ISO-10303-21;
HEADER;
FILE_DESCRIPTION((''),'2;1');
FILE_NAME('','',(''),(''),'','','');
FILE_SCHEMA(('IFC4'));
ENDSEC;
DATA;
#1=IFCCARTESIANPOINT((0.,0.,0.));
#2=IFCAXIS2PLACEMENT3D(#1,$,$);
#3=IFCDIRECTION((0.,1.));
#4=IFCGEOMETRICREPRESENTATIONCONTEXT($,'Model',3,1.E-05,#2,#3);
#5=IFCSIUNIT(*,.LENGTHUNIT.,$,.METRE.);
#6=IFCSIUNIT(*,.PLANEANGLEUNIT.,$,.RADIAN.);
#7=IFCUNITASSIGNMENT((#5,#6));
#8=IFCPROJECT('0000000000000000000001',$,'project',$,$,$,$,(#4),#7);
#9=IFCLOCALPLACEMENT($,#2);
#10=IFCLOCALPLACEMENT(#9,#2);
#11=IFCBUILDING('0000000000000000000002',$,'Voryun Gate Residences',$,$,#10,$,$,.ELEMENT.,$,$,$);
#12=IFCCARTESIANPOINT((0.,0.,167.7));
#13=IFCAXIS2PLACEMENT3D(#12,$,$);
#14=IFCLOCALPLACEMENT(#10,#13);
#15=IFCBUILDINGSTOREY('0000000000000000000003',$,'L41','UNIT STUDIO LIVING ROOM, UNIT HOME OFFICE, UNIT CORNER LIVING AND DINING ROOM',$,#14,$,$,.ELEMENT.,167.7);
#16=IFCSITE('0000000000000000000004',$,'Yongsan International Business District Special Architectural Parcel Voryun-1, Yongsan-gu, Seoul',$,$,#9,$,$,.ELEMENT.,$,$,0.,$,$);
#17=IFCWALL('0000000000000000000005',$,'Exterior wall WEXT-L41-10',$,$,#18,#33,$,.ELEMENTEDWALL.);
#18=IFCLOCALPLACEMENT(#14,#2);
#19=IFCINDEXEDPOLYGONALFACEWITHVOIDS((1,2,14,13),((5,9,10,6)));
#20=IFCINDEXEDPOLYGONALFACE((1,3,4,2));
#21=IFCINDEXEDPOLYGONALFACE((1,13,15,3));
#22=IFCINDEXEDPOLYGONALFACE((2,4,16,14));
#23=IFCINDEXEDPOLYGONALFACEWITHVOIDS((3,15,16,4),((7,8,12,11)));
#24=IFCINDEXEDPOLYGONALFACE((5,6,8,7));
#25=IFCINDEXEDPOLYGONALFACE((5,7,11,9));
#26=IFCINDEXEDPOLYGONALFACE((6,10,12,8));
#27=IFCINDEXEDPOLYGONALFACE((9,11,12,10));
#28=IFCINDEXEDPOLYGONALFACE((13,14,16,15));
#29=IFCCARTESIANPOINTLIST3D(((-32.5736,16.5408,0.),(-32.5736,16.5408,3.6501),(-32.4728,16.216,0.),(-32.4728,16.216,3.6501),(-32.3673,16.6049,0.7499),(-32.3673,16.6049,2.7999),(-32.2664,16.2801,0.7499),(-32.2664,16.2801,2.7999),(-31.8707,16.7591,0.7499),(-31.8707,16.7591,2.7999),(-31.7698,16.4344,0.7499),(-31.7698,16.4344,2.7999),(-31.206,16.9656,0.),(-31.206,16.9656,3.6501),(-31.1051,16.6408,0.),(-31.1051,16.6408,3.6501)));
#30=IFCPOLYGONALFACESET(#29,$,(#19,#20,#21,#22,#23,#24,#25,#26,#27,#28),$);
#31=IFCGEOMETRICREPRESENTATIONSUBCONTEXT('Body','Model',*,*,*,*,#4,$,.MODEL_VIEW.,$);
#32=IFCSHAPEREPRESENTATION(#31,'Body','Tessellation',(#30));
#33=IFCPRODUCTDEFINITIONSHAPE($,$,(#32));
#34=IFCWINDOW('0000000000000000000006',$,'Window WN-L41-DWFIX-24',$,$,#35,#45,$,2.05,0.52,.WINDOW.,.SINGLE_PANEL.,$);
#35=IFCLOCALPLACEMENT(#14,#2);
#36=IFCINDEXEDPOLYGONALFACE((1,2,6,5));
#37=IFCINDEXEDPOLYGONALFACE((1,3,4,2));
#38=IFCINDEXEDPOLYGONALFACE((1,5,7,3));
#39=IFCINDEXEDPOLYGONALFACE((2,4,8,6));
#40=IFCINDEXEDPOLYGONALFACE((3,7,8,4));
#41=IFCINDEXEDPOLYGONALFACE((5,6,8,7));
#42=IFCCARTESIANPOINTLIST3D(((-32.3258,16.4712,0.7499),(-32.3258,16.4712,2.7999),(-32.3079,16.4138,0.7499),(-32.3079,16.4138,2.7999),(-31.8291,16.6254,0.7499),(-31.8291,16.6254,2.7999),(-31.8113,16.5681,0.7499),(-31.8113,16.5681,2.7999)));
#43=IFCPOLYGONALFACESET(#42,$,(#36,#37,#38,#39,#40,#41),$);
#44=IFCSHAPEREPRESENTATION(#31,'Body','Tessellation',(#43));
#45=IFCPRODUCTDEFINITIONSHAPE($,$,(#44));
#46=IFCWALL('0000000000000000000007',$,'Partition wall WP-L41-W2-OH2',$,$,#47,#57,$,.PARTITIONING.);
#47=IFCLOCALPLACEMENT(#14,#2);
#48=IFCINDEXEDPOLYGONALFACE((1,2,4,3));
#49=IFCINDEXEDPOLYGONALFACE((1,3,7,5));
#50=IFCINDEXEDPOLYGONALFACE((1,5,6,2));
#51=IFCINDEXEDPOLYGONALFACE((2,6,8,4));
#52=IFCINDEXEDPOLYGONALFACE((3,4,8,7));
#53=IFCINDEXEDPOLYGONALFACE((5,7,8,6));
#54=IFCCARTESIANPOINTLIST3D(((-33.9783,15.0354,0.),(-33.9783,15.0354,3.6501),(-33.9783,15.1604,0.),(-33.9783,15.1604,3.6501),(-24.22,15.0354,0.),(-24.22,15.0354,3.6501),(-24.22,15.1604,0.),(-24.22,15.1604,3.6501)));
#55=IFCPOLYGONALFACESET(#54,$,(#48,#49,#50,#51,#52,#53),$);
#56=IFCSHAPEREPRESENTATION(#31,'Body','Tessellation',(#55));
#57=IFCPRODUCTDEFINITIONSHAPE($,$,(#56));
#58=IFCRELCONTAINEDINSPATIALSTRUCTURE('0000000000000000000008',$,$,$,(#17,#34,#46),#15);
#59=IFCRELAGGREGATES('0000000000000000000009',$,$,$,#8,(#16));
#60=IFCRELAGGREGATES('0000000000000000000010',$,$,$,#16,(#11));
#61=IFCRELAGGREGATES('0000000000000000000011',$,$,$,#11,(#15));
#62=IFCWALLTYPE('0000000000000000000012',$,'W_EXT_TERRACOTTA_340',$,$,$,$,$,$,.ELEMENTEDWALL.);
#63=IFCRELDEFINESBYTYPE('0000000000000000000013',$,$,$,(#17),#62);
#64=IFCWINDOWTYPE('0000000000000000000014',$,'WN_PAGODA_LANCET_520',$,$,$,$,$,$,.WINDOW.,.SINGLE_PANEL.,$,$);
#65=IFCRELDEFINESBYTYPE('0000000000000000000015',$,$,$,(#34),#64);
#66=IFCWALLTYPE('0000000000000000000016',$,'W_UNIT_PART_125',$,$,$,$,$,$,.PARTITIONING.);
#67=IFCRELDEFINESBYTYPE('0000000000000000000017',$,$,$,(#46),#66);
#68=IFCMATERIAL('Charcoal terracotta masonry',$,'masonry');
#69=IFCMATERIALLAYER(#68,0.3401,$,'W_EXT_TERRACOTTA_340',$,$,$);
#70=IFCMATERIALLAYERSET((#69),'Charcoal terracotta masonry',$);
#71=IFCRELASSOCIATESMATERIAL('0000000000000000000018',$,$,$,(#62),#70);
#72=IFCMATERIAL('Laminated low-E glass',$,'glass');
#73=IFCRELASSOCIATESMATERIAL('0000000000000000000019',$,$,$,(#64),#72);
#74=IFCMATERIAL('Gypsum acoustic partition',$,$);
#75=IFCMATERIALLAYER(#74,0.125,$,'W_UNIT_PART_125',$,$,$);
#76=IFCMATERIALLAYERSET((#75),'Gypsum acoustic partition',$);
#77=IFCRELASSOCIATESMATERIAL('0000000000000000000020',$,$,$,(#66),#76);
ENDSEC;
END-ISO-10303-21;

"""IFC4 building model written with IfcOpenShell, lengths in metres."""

from ifc_helpers import new_model, si_unit, direction, frame, frame_2d, origin, place, context, subcontext, project, spatial, rectangle, extrude, material, layer, layer_set, type_object, element, fill, save


model = new_model("IFC4")

# Units and contexts
model_context = context("Model", 3, precision=1e-05, world=origin(), true_north=direction((0.0, 1.0)))
body_context = subcontext(model_context, "Body", "Model", "MODEL_VIEW")
ifc_project = project(units=[si_unit("LENGTHUNIT", "METRE"), si_unit("PLANEANGLEUNIT", "RADIAN")], contexts=[model_context])

# Site, building, storey
site_placement = place(None, origin())
site = spatial("IfcSite", under=ifc_project, at=site_placement, Name="Yongsan International Business District Special Architectural Parcel Voryun-1, Yongsan-gu, Seoul", CompositionType="ELEMENT", RefElevation=0.0)
building_placement = place(site_placement, origin())
building = spatial("IfcBuilding", under=site, at=building_placement, Name="Voryun Gate Residences", CompositionType="ELEMENT")
storey_placement = place(building_placement, frame((0.0, 0.0, 167.7)))
storey = spatial("IfcBuildingStorey", under=building, at=storey_placement, Name="L41", Description="UNIT STUDIO LIVING ROOM, UNIT HOME OFFICE, UNIT CORNER LIVING AND DINING ROOM", CompositionType="ELEMENT", Elevation=167.7)

# Shared definitions
ifc_material_1 = material(Name="Charcoal terracotta masonry", Category="masonry")
ifc_layer_1 = layer(ifc_material_1, 0.3401, Name="W_EXT_TERRACOTTA_340")
ifc_layer_set_1 = layer_set([ifc_layer_1], Name="Charcoal terracotta masonry")
wall_type_1 = type_object("IfcWallType", Name="W_EXT_TERRACOTTA_340", PredefinedType="ELEMENTEDWALL", material=ifc_layer_set_1)

# Wall, opening, window
wall_1_placement = place(storey_placement, frame((-32.5232, 16.3784, 0.0), z_axis=(0.0, 0.0, 1.0), x_axis=(0.954994, 0.296624, 0.0)))
wall_1 = element("IfcWall", 1, at=wall_1_placement, inside=storey, type_object=wall_type_1, Name="Exterior wall WEXT-L41-10", PredefinedType="ELEMENTEDWALL", context=body_context, shape_type="SweptSolid", body=[
    extrude(rectangle(XDim=1.4321, YDim=0.3401, at=frame_2d((0.7161, 0.0))), origin(), (0.0, 0.0, 1.0), 3.6501),
])
opening_1_placement = place(wall_1_placement, frame((0.2161, 0.0, 0.75)))
opening_1 = element("IfcOpeningElement", 2, at=opening_1_placement, cuts=wall_1, PredefinedType="OPENING", context=body_context, shape_type="SweptSolid", body=[
    extrude(rectangle(XDim=0.52, YDim=2.05, at=frame_2d((0.26, 1.0249))), frame((0.0, 0.1799, 0.0), z_axis=(0.0, -1.0, 0.0), x_axis=(1.0, 0.0, 0.0)), (0.0, 0.0, 1.0), 0.3601),
])
ifc_material_2 = material(Name="Laminated low-E glass", Category="glass")
window_type_1 = type_object("IfcWindowType", Name="WN_PAGODA_LANCET_520", PartitioningType="SINGLE_PANEL", PredefinedType="WINDOW", material=ifc_material_2)
window_1_placement = place(opening_1_placement, origin())
window_1 = element("IfcWindow", 3, at=window_1_placement, inside=storey, type_object=window_type_1, Name="Window WN-L41-DWFIX-24", OverallHeight=2.05, OverallWidth=0.52, PartitioningType="SINGLE_PANEL", PredefinedType="WINDOW", context=body_context, shape_type="SweptSolid", body=[
    extrude(rectangle(XDim=0.52, YDim=2.05, at=frame_2d((0.26, 1.0249))), frame((0.0, 0.03, 0.0), z_axis=(0.0, -1.0, 0.0), x_axis=(1.0, 0.0, 0.0)), (0.0, 0.0, 1.0), 0.0601),
])
fill(opening_1, window_1)

# Wall
ifc_material_3 = material(Name="Gypsum acoustic partition")
ifc_layer_2 = layer(ifc_material_3, 0.125, Name="W_UNIT_PART_125")
ifc_layer_set_2 = layer_set([ifc_layer_2], Name="Gypsum acoustic partition")
wall_type_2 = type_object("IfcWallType", Name="W_UNIT_PART_125", PredefinedType="PARTITIONING", material=ifc_layer_set_2)
wall_2_placement = place(storey_placement, frame((-33.9783, 15.0979, 0.0), z_axis=(0.0, 0.0, 1.0), x_axis=(1.0, 0.0, 0.0)))
element("IfcWall", 4, at=wall_2_placement, inside=storey, type_object=wall_type_2, Name="Partition wall WP-L41-W2-OH2", PredefinedType="PARTITIONING", context=body_context, shape_type="SweptSolid", body=[
    extrude(rectangle(XDim=9.7583, YDim=0.125, at=frame_2d((4.8792, 0.0))), origin(), (0.0, 0.0, 1.0), 3.6501),
])

save(model, "model.ifc")
